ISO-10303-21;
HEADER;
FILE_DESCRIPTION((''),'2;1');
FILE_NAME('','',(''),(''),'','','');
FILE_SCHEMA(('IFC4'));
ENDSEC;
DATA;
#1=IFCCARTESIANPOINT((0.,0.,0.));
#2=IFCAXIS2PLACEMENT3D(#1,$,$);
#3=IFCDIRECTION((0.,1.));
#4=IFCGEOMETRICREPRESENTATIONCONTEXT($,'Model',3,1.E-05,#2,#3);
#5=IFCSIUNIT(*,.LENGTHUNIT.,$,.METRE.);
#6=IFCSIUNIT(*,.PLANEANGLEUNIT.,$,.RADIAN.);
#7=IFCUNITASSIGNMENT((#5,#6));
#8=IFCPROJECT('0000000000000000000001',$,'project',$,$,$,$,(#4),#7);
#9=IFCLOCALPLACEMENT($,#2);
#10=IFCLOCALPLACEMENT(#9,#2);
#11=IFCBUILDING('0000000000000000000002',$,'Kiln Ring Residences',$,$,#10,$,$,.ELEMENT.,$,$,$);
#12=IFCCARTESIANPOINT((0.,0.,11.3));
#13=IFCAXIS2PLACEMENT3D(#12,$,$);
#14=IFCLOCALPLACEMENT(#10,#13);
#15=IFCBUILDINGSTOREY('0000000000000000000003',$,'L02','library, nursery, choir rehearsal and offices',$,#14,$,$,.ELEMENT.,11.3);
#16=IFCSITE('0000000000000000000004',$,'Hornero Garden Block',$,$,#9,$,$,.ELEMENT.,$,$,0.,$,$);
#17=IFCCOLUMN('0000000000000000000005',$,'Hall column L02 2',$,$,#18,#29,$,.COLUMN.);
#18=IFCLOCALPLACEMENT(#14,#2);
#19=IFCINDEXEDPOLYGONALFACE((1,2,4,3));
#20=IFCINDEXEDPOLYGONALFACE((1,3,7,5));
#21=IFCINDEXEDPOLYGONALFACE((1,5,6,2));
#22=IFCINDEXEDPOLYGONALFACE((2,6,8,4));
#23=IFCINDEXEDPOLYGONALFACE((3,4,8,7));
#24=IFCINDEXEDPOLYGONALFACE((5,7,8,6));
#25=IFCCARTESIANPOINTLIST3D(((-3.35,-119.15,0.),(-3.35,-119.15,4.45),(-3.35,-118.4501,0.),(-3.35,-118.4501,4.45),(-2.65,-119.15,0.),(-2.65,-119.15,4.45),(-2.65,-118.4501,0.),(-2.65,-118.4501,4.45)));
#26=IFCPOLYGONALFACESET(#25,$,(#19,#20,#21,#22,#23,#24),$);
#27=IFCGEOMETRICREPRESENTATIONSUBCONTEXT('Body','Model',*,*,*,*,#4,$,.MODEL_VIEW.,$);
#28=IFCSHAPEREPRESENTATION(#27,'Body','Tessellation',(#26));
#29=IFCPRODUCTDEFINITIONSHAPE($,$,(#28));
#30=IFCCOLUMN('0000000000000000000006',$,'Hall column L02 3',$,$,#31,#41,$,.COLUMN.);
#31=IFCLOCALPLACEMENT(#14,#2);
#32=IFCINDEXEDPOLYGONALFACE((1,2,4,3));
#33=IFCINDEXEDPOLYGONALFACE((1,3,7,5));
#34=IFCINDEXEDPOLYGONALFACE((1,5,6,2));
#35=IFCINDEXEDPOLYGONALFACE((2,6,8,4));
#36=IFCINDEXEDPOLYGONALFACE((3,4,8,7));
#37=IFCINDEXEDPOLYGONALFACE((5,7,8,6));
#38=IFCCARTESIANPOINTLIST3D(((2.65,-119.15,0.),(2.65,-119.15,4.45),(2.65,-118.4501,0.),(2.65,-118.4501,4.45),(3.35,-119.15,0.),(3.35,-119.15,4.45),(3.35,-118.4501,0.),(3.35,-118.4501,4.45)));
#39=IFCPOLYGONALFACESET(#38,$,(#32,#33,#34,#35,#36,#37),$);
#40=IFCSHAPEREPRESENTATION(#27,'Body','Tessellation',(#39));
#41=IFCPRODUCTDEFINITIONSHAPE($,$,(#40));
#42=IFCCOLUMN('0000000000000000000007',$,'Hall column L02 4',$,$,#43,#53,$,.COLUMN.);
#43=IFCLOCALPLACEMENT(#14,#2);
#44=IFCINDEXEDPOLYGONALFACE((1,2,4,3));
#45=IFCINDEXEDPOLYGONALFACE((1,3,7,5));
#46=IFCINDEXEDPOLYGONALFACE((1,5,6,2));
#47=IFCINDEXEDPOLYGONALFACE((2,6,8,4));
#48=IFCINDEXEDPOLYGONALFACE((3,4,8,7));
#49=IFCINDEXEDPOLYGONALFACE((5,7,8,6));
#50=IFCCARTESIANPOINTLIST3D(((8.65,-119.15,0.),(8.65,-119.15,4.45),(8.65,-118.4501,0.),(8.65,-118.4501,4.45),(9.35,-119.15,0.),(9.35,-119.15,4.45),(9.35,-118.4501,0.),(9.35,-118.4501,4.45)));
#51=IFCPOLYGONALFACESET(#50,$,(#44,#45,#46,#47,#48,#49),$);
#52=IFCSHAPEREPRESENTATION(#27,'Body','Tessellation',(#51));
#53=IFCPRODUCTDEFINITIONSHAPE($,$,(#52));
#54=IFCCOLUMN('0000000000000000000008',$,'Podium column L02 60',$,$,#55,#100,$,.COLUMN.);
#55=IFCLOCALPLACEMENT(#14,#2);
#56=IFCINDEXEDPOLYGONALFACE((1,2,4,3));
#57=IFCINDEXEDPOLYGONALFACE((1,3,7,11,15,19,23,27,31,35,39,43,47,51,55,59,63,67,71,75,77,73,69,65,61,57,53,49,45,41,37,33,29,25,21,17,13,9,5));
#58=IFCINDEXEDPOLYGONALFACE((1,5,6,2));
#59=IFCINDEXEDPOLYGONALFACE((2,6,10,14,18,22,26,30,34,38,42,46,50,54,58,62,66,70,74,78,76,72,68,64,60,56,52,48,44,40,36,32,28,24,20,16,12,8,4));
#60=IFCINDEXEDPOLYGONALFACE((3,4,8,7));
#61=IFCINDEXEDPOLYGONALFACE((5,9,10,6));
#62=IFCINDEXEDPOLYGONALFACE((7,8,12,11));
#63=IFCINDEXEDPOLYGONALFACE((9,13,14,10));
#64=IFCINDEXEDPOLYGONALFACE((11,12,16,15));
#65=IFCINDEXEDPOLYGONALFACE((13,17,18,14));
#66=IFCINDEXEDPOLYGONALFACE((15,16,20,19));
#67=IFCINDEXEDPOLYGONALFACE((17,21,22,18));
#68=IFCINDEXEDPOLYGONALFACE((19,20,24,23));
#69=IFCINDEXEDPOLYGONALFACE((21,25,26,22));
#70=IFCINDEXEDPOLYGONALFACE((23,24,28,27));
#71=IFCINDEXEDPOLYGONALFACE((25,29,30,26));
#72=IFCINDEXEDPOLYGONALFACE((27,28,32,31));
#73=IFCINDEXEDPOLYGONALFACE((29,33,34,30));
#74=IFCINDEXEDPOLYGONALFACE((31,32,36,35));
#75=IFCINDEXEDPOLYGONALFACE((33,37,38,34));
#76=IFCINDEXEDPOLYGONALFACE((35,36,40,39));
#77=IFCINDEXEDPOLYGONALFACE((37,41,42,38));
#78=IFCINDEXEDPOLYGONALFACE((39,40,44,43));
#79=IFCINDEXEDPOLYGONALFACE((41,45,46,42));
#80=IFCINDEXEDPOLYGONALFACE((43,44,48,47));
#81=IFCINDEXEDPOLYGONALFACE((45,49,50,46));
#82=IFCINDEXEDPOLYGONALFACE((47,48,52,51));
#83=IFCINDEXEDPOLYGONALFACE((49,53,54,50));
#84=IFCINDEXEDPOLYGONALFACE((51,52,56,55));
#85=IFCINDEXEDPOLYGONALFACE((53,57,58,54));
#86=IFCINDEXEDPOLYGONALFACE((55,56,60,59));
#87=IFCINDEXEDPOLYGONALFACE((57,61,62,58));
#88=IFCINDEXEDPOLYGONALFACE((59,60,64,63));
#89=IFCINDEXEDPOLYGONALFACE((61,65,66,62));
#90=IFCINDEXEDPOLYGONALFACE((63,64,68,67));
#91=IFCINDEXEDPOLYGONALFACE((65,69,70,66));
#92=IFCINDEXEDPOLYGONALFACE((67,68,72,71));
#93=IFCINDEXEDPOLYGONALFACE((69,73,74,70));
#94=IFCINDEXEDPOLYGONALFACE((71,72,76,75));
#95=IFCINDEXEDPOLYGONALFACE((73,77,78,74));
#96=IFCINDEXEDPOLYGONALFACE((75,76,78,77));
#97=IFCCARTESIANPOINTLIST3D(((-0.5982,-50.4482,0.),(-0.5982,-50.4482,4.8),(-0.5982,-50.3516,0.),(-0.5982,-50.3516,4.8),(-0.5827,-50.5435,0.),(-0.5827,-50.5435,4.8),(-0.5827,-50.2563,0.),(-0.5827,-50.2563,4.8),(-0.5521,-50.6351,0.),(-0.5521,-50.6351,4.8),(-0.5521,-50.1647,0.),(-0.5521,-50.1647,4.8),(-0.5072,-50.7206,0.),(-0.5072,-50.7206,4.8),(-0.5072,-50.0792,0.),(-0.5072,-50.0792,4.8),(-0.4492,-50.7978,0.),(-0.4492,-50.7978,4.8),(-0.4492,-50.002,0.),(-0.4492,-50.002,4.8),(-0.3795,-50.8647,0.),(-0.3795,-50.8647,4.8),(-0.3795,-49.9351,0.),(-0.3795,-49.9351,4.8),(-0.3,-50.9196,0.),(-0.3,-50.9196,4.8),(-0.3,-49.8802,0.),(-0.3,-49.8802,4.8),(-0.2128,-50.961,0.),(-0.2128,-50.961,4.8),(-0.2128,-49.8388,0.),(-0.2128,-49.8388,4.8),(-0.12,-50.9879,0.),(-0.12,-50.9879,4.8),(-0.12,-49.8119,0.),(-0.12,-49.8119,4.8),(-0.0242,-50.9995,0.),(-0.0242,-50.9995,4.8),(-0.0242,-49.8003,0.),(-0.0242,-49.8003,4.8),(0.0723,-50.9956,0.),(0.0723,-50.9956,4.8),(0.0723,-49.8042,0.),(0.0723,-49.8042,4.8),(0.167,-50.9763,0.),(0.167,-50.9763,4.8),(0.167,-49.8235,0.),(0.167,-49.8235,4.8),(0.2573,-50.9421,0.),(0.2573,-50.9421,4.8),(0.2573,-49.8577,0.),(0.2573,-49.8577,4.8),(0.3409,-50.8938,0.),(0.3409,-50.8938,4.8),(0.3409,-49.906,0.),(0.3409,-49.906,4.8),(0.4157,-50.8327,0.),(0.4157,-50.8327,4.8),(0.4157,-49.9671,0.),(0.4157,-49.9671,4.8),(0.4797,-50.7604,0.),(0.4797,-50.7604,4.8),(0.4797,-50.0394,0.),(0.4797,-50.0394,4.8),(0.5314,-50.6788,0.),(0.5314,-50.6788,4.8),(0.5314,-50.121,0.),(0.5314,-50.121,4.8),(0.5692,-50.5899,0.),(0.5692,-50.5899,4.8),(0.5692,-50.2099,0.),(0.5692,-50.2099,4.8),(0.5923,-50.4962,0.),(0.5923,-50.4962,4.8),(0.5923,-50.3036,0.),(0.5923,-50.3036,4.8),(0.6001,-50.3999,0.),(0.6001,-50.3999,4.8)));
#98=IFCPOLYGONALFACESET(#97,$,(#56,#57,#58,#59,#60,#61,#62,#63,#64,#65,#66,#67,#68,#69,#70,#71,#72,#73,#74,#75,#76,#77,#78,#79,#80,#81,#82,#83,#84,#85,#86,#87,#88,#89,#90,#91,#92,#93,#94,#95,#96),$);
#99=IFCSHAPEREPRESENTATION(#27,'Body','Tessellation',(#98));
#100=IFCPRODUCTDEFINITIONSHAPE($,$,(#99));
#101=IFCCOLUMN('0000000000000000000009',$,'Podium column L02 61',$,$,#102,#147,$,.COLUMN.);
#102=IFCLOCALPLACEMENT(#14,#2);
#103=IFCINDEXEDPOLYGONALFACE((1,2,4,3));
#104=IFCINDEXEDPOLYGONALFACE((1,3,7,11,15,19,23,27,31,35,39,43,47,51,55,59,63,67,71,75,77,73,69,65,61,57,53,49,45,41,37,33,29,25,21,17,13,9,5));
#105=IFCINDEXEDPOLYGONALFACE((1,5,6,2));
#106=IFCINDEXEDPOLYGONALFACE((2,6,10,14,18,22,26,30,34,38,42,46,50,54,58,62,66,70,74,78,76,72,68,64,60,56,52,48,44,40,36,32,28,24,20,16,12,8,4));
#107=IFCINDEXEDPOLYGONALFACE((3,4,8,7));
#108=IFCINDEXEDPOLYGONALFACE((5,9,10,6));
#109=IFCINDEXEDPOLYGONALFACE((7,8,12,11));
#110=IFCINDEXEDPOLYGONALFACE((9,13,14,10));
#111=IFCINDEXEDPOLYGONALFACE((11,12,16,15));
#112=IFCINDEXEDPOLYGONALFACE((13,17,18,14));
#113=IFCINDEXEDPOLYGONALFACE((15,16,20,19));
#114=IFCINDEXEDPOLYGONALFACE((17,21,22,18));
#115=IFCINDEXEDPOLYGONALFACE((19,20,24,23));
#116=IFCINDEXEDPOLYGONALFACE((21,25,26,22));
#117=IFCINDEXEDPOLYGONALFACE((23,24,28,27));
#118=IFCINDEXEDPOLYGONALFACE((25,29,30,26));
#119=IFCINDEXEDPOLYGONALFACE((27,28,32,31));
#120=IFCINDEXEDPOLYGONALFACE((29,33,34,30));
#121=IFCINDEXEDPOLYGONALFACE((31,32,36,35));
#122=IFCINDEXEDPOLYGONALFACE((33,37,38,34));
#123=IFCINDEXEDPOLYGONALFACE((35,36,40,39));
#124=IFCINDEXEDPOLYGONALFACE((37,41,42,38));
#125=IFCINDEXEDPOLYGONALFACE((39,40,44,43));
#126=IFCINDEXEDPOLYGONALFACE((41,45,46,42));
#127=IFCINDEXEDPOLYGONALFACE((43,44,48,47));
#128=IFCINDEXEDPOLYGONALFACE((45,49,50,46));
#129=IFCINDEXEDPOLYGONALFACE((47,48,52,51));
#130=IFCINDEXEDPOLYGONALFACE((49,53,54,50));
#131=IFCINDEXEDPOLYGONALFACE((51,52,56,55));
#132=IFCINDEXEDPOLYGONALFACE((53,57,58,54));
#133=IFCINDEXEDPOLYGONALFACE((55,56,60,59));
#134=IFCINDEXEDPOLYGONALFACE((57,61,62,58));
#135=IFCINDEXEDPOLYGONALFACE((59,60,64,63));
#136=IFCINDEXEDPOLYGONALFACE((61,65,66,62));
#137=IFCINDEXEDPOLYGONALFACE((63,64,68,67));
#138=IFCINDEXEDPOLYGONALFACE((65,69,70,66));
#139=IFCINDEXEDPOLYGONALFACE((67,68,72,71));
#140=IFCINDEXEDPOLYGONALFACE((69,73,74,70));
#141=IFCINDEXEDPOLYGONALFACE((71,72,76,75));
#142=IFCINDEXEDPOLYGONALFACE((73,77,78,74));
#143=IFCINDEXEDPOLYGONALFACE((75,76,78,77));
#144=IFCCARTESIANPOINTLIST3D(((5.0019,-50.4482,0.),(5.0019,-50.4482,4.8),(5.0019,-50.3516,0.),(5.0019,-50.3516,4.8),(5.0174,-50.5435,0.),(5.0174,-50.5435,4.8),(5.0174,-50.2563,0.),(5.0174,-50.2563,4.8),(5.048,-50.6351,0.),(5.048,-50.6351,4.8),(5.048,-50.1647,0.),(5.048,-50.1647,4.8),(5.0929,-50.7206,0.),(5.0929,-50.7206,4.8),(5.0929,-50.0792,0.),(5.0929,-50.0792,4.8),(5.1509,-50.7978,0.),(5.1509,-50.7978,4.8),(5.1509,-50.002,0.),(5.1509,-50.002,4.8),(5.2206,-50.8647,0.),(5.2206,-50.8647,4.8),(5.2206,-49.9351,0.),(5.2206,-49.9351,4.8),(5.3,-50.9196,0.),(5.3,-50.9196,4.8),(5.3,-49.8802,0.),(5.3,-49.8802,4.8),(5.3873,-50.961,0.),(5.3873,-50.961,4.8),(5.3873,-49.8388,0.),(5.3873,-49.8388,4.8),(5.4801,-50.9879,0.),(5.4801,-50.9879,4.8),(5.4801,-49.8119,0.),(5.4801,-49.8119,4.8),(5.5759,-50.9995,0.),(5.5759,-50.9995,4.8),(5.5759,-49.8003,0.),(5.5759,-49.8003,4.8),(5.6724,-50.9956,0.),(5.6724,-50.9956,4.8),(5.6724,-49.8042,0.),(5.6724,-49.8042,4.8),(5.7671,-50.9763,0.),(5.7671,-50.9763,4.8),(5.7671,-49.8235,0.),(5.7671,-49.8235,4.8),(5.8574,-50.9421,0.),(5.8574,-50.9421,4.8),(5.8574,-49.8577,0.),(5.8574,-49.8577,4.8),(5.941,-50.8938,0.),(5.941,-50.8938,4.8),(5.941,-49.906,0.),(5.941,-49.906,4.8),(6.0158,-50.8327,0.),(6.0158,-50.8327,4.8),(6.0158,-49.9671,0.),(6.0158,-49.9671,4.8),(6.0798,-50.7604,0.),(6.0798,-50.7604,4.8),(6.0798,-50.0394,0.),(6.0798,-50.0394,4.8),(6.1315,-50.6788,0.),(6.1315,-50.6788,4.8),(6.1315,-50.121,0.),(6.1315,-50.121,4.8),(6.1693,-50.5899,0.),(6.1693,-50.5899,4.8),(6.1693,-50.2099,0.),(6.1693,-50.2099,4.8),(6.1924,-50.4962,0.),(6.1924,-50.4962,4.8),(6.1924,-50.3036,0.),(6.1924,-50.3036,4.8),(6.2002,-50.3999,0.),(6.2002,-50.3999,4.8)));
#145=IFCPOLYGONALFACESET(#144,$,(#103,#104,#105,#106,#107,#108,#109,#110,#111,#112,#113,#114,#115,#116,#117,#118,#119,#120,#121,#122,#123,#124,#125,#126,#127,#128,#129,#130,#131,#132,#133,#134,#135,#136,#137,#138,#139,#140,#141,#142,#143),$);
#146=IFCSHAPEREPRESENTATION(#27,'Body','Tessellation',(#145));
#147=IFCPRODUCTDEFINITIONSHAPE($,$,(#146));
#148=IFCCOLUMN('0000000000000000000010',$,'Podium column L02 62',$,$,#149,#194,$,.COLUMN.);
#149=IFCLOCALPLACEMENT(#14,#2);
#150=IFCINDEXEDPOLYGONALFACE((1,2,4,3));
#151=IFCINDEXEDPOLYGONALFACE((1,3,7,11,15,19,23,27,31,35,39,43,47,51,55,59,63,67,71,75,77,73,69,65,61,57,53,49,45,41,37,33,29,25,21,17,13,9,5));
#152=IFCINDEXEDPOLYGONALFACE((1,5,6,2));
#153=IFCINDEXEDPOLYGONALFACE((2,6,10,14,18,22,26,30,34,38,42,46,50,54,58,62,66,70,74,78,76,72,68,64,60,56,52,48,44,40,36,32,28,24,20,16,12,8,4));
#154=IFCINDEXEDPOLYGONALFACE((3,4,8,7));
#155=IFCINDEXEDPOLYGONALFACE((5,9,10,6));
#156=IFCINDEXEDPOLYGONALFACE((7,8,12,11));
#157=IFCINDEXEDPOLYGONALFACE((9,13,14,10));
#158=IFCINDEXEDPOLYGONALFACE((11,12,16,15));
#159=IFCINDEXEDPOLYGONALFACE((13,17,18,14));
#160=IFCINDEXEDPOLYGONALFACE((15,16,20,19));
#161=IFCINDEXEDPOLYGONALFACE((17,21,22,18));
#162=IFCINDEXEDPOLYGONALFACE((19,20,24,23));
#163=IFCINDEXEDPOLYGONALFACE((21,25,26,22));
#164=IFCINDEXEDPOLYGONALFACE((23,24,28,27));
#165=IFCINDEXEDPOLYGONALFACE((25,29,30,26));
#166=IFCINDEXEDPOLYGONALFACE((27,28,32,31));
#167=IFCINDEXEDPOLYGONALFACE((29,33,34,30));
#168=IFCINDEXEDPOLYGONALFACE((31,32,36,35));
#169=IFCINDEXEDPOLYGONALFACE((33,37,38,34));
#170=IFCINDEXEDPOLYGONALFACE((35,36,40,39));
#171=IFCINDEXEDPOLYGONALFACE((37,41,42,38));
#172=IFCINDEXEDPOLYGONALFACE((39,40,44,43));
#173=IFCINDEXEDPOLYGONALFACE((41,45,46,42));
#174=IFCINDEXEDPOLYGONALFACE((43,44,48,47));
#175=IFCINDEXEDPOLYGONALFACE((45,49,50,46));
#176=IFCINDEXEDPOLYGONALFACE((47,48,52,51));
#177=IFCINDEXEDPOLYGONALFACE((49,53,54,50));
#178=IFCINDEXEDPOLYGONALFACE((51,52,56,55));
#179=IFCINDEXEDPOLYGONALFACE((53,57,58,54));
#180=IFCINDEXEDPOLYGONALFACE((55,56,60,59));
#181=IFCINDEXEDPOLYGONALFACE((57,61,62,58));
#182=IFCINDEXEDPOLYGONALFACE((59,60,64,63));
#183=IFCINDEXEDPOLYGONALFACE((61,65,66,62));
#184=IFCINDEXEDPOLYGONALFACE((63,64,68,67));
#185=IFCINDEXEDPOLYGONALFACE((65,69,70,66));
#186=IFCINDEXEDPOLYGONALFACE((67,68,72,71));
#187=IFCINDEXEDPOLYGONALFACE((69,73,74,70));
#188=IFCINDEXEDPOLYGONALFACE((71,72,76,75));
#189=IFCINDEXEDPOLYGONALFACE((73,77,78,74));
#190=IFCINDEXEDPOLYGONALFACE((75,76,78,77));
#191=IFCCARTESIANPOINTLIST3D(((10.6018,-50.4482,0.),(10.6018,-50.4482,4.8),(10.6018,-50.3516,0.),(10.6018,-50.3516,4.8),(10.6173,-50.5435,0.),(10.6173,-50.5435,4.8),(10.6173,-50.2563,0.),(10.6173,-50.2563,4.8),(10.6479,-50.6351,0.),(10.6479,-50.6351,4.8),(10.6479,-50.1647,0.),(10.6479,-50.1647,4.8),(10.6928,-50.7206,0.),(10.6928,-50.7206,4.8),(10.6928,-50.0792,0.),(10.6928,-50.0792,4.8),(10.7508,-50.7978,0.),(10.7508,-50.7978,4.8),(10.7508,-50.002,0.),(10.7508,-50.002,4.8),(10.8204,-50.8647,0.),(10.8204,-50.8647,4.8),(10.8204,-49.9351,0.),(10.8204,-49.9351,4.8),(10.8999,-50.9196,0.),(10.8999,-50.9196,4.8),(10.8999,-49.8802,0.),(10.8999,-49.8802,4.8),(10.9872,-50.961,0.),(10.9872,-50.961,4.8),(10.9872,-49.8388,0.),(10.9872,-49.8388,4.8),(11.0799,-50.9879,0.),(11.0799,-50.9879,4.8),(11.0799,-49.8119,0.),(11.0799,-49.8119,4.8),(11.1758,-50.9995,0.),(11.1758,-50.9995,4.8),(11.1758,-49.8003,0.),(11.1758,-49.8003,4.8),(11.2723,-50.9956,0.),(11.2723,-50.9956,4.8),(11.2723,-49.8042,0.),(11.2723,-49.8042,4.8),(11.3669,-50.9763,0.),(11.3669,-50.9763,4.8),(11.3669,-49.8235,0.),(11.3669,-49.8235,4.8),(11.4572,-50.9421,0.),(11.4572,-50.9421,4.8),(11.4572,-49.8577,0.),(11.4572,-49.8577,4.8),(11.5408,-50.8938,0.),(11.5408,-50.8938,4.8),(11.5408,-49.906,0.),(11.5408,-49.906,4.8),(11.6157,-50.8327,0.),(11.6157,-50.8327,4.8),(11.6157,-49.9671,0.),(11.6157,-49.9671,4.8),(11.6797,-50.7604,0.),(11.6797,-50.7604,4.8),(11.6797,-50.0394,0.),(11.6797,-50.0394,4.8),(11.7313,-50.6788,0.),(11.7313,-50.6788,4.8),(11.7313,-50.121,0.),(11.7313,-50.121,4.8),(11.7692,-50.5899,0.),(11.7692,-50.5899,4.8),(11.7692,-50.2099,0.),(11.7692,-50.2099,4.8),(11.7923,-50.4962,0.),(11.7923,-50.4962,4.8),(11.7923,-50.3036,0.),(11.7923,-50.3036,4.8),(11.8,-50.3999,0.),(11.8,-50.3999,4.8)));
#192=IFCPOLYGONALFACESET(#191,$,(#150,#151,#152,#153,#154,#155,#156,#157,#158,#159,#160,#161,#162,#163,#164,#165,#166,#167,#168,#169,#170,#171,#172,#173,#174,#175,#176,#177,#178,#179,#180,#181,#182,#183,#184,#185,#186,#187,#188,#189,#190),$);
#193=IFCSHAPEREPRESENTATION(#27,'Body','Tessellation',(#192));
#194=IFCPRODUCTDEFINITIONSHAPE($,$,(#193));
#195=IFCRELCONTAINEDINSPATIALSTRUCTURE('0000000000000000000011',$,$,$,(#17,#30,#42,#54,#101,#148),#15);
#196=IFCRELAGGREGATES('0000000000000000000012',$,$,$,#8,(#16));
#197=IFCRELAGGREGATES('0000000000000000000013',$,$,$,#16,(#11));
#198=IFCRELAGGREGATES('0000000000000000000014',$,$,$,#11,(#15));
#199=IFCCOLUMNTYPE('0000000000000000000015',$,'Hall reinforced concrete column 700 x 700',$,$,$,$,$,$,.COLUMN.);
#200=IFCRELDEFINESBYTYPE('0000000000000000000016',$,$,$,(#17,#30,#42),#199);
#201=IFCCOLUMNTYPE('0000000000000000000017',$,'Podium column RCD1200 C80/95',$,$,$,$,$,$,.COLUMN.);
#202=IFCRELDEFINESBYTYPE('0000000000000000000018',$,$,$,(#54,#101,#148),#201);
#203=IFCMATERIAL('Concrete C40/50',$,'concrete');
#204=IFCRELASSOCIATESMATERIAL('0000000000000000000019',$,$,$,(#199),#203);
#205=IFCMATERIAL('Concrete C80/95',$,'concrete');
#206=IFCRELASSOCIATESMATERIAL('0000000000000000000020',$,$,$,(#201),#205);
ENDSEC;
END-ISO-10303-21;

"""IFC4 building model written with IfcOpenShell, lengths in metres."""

from ifc_helpers import new_model, si_unit, direction, frame, origin, origin_2d, place, context, subcontext, project, spatial, rectangle, circle, extrude, material, material_profile, profile_set, type_object, element, save


model = new_model("IFC4")

# Units and contexts
model_context = context("Model", 3, precision=1e-05, world=origin(), true_north=direction((0.0, 1.0)))
body_context = subcontext(model_context, "Body", "Model", "MODEL_VIEW")
ifc_project = project(units=[si_unit("LENGTHUNIT", "METRE"), si_unit("PLANEANGLEUNIT", "RADIAN")], contexts=[model_context])

# Site, building, storey
site_placement = place(None, origin())
site = spatial("IfcSite", under=ifc_project, at=site_placement, Name="Hornero Garden Block", CompositionType="ELEMENT", RefElevation=0.0)
building_placement = place(site_placement, origin())
building = spatial("IfcBuilding", under=site, at=building_placement, Name="Kiln Ring Residences", CompositionType="ELEMENT")
storey_placement = place(building_placement, frame((0.0, 0.0, 11.3)))
storey = spatial("IfcBuildingStorey", under=building, at=storey_placement, Name="L02", Description="library, nursery, choir rehearsal and offices", CompositionType="ELEMENT", Elevation=11.3)

# Columns
ifc_material_1 = material(Name="Concrete C40/50", Category="concrete")
ifc_material_profile_1 = material_profile(ifc_material_1, rectangle(XDim=0.7, YDim=0.7, at=origin_2d()), Name="Hall reinforced concrete column 700 x 700")
ifc_profile_set_1 = profile_set([ifc_material_profile_1], Name="Concrete C40/50")
column_type_1 = type_object("IfcColumnType", Name="Hall reinforced concrete column 700 x 700", PredefinedType="COLUMN", material=ifc_profile_set_1)
for number, where, z_axis, x_axis, name in (
    (1, (-3.0, -118.8, 0.0), (0.0, 0.0, 1.0), (1.0, 0.0, 0.0), "Hall column L02 2"),
    (2, (3.0, -118.8, 0.0), (0.0, 0.0, 1.0), (1.0, 0.0, 0.0), "Hall column L02 3"),
    (3, (9.0, -118.8, 0.0), (0.0, 0.0, 1.0), (1.0, 0.0, 0.0), "Hall column L02 4"),
):
    element("IfcColumn", number, at=place(storey_placement, frame(where, z_axis=z_axis, x_axis=x_axis)), inside=storey, type_object=column_type_1, Name=name, PredefinedType="COLUMN", context=body_context, shape_type="SweptSolid", body=[
        extrude(rectangle(XDim=0.7, YDim=0.7, at=origin_2d()), origin(), (0.0, 0.0, 1.0), 4.45),
    ])
ifc_material_2 = material(Name="Concrete C80/95", Category="concrete")
ifc_material_profile_2 = material_profile(ifc_material_2, circle(Radius=0.6001, at=origin_2d()), Name="RCD1200")
ifc_profile_set_2 = profile_set([ifc_material_profile_2], Name="Concrete C80/95")
column_type_2 = type_object("IfcColumnType", Name="Podium column RCD1200 C80/95", PredefinedType="COLUMN", material=ifc_profile_set_2)
for number, where, z_axis, x_axis, name in (
    (4, (0.0, -50.3999, 0.0), (0.0, 0.0, 1.0), (1.0, 0.0, 0.0), "Podium column L02 60"),
    (5, (5.6001, -50.3999, 0.0), (0.0, 0.0, 1.0), (1.0, 0.0, 0.0), "Podium column L02 61"),
    (6, (11.2, -50.3999, 0.0), (0.0, 0.0, 1.0), (1.0, 0.0, 0.0), "Podium column L02 62"),
):
    element("IfcColumn", number, at=place(storey_placement, frame(where, z_axis=z_axis, x_axis=x_axis)), inside=storey, type_object=column_type_2, Name=name, PredefinedType="COLUMN", context=body_context, shape_type="SweptSolid", body=[
        extrude(circle(Radius=0.6001, at=origin_2d()), origin(), (0.0, 0.0, 1.0), 4.8),
    ])

save(model, "model.ifc")
